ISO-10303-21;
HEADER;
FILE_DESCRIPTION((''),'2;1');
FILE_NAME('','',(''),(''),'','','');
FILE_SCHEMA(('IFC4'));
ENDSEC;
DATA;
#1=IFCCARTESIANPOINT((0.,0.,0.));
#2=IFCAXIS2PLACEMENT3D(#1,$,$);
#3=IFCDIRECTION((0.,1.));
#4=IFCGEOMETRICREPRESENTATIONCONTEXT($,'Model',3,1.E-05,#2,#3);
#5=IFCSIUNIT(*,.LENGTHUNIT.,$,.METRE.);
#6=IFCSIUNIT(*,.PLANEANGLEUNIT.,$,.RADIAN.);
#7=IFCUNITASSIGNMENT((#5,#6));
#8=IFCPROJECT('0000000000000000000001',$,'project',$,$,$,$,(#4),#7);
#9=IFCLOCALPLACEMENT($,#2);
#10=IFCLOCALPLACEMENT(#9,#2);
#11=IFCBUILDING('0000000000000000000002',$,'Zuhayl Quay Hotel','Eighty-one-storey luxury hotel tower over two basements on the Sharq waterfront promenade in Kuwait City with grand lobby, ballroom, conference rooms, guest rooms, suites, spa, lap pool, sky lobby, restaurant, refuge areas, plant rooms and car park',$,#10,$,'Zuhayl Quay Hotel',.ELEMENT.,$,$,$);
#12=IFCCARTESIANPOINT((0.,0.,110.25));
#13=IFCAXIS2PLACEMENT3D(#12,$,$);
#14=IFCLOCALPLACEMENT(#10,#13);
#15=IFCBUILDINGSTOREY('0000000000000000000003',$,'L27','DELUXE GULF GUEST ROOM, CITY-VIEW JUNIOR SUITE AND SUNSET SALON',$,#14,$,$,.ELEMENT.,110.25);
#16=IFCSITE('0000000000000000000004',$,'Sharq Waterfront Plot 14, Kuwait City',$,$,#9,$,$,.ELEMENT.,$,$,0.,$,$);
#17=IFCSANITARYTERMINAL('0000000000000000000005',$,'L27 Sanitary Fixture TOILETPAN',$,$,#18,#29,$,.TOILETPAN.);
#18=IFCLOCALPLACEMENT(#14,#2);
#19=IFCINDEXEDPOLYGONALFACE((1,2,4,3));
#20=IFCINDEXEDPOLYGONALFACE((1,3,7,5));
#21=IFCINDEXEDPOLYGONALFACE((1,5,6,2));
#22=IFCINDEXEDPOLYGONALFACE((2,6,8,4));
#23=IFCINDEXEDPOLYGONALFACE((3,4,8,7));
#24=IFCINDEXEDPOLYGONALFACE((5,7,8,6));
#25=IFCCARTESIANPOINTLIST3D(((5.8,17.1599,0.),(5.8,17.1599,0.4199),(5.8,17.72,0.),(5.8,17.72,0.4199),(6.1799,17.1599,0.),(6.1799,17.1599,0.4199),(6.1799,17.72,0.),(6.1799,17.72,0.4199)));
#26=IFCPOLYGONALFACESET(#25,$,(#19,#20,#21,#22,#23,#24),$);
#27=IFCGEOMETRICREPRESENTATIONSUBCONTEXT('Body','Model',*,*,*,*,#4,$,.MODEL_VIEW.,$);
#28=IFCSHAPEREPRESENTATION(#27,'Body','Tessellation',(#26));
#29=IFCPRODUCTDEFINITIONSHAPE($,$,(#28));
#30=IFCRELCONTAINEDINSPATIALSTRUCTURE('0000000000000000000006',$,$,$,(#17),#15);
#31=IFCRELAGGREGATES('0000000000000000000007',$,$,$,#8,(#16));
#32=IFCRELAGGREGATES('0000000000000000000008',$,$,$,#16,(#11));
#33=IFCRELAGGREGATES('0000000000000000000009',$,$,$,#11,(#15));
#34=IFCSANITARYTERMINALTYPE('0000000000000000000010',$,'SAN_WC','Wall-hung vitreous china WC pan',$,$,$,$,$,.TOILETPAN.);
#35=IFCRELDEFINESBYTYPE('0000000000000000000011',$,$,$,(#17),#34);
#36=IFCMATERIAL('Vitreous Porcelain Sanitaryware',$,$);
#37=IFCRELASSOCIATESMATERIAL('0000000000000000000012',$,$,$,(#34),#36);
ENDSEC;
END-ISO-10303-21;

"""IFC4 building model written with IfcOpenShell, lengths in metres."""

from ifc_helpers import new_model, si_unit, direction, frame, origin, origin_2d, place, context, subcontext, project, spatial, rectangle, extrude, material, type_object, element, save


model = new_model("IFC4")

# Units and contexts
model_context = context("Model", 3, precision=1e-05, world=origin(), true_north=direction((0.0, 1.0)))
body_context = subcontext(model_context, "Body", "Model", "MODEL_VIEW")
ifc_project = project(units=[si_unit("LENGTHUNIT", "METRE"), si_unit("PLANEANGLEUNIT", "RADIAN")], contexts=[model_context])

# Site, building, storey
site_placement = place(None, origin())
site = spatial("IfcSite", under=ifc_project, at=site_placement, Name="Sharq Waterfront Plot 14, Kuwait City", CompositionType="ELEMENT", RefElevation=0.0)
building_placement = place(site_placement, origin())
building = spatial("IfcBuilding", under=site, at=building_placement, Name="Zuhayl Quay Hotel", Description="Eighty-one-storey luxury hotel tower over two basements on the Sharq waterfront promenade in Kuwait City with grand lobby, ballroom, conference rooms, guest rooms, suites, spa, lap pool, sky lobby, restaurant, refuge areas, plant rooms and car park", LongName="Zuhayl Quay Hotel", CompositionType="ELEMENT")
storey_placement = place(building_placement, frame((0.0, 0.0, 110.25)))
storey = spatial("IfcBuildingStorey", under=building, at=storey_placement, Name="L27", Description="DELUXE GULF GUEST ROOM, CITY-VIEW JUNIOR SUITE AND SUNSET SALON", CompositionType="ELEMENT", Elevation=110.25)

# Sanitary terminal
ifc_material_1 = material(Name="Vitreous Porcelain Sanitaryware")
sanitary_terminal_type_1 = type_object("IfcSanitaryTerminalType", Name="SAN_WC", Description="Wall-hung vitreous china WC pan", PredefinedType="TOILETPAN", material=ifc_material_1)
sanitary_terminal_placement = place(storey_placement, frame((5.99, 17.4399, 0.0), z_axis=(0.0, 0.0, 1.0), x_axis=(1.0, 0.0, 0.0)))
element("IfcSanitaryTerminal", 1, at=sanitary_terminal_placement, inside=storey, type_object=sanitary_terminal_type_1, Name="L27 Sanitary Fixture TOILETPAN", PredefinedType="TOILETPAN", context=body_context, shape_type="SweptSolid", body=[
    extrude(rectangle(XDim=0.3799, YDim=0.5601, at=origin_2d()), origin(), (0.0, 0.0, 1.0), 0.4199),
])

save(model, "model.ifc")
